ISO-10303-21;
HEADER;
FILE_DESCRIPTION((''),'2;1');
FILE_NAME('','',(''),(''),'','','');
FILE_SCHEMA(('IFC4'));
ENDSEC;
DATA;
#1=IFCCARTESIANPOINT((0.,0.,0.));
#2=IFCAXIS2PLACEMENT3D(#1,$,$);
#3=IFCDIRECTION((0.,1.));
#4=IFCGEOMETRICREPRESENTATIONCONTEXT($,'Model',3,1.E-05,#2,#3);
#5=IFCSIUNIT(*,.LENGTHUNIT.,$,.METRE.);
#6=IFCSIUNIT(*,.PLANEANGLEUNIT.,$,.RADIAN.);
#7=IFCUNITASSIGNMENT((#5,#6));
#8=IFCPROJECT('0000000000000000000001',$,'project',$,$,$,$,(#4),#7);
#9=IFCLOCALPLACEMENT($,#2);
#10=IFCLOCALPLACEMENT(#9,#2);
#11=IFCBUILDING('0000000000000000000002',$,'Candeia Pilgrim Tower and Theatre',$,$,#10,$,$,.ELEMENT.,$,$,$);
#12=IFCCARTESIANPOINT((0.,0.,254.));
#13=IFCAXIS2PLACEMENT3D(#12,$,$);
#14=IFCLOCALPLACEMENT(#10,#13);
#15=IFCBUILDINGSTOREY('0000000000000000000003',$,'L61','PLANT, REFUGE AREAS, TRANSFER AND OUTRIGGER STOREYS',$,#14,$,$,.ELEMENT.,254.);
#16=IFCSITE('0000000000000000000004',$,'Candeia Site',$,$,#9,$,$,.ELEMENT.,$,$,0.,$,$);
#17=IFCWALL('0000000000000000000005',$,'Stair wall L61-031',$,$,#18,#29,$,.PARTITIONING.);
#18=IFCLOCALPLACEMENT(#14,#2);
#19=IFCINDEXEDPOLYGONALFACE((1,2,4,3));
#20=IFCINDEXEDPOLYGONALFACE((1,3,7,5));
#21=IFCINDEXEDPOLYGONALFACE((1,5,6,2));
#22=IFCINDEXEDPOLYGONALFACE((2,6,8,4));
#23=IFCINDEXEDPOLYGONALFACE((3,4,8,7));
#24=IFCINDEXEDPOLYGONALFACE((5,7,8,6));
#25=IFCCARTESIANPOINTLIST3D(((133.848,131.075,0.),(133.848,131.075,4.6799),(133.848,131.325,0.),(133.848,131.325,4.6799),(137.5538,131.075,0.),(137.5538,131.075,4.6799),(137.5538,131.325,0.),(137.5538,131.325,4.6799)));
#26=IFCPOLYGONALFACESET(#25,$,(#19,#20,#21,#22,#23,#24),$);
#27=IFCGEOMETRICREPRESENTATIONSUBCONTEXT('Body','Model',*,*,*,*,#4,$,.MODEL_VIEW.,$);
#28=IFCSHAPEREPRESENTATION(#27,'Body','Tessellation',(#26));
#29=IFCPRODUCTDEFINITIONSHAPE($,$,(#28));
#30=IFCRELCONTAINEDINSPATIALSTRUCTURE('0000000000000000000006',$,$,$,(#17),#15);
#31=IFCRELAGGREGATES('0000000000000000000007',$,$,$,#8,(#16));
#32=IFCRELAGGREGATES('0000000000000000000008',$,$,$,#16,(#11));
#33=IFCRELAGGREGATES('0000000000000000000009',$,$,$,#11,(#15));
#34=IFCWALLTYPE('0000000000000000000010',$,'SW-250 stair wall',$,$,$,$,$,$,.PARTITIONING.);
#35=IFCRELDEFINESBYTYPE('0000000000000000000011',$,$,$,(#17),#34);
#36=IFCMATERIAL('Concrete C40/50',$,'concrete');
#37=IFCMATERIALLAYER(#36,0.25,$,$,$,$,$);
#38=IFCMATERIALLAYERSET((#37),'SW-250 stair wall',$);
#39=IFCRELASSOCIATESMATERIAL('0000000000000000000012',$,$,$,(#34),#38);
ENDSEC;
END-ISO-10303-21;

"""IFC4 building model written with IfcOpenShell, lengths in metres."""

from ifc_helpers import new_model, si_unit, direction, frame, frame_2d, origin, place, context, subcontext, project, spatial, rectangle, extrude, material, layer, layer_set, type_object, element, save


model = new_model("IFC4")

# Units and contexts
model_context = context("Model", 3, precision=1e-05, world=origin(), true_north=direction((0.0, 1.0)))
body_context = subcontext(model_context, "Body", "Model", "MODEL_VIEW")
ifc_project = project(units=[si_unit("LENGTHUNIT", "METRE"), si_unit("PLANEANGLEUNIT", "RADIAN")], contexts=[model_context])

# Site, building, storey
site_placement = place(None, origin())
site = spatial("IfcSite", under=ifc_project, at=site_placement, Name="Candeia Site", CompositionType="ELEMENT", RefElevation=0.0)
building_placement = place(site_placement, origin())
building = spatial("IfcBuilding", under=site, at=building_placement, Name="Candeia Pilgrim Tower and Theatre", CompositionType="ELEMENT")
storey_placement = place(building_placement, frame((0.0, 0.0, 254.0)))
storey = spatial("IfcBuildingStorey", under=building, at=storey_placement, Name="L61", Description="PLANT, REFUGE AREAS, TRANSFER AND OUTRIGGER STOREYS", CompositionType="ELEMENT", Elevation=254.0)

# Shared definitions
ifc_material_1 = material(Name="Concrete C40/50", Category="concrete")

# Wall
ifc_layer_1 = layer(ifc_material_1, 0.25)
ifc_layer_set_1 = layer_set([ifc_layer_1], Name="SW-250 stair wall")
wall_type_1 = type_object("IfcWallType", Name="SW-250 stair wall", PredefinedType="PARTITIONING", material=ifc_layer_set_1)
wall_1_placement = place(storey_placement, frame((133.8479, 131.2, 0.0), z_axis=(0.0, 0.0, 1.0), x_axis=(1.0, 0.0, 0.0)))
element("IfcWall", 1, at=wall_1_placement, inside=storey, type_object=wall_type_1, Name="Stair wall L61-031", PredefinedType="PARTITIONING", context=body_context, shape_type="SweptSolid", body=[
    extrude(rectangle(XDim=3.7058, YDim=0.25, at=frame_2d((1.853, 0.0))), origin(), (0.0, 0.0, 1.0), 4.6799),
])

save(model, "model.ifc")
